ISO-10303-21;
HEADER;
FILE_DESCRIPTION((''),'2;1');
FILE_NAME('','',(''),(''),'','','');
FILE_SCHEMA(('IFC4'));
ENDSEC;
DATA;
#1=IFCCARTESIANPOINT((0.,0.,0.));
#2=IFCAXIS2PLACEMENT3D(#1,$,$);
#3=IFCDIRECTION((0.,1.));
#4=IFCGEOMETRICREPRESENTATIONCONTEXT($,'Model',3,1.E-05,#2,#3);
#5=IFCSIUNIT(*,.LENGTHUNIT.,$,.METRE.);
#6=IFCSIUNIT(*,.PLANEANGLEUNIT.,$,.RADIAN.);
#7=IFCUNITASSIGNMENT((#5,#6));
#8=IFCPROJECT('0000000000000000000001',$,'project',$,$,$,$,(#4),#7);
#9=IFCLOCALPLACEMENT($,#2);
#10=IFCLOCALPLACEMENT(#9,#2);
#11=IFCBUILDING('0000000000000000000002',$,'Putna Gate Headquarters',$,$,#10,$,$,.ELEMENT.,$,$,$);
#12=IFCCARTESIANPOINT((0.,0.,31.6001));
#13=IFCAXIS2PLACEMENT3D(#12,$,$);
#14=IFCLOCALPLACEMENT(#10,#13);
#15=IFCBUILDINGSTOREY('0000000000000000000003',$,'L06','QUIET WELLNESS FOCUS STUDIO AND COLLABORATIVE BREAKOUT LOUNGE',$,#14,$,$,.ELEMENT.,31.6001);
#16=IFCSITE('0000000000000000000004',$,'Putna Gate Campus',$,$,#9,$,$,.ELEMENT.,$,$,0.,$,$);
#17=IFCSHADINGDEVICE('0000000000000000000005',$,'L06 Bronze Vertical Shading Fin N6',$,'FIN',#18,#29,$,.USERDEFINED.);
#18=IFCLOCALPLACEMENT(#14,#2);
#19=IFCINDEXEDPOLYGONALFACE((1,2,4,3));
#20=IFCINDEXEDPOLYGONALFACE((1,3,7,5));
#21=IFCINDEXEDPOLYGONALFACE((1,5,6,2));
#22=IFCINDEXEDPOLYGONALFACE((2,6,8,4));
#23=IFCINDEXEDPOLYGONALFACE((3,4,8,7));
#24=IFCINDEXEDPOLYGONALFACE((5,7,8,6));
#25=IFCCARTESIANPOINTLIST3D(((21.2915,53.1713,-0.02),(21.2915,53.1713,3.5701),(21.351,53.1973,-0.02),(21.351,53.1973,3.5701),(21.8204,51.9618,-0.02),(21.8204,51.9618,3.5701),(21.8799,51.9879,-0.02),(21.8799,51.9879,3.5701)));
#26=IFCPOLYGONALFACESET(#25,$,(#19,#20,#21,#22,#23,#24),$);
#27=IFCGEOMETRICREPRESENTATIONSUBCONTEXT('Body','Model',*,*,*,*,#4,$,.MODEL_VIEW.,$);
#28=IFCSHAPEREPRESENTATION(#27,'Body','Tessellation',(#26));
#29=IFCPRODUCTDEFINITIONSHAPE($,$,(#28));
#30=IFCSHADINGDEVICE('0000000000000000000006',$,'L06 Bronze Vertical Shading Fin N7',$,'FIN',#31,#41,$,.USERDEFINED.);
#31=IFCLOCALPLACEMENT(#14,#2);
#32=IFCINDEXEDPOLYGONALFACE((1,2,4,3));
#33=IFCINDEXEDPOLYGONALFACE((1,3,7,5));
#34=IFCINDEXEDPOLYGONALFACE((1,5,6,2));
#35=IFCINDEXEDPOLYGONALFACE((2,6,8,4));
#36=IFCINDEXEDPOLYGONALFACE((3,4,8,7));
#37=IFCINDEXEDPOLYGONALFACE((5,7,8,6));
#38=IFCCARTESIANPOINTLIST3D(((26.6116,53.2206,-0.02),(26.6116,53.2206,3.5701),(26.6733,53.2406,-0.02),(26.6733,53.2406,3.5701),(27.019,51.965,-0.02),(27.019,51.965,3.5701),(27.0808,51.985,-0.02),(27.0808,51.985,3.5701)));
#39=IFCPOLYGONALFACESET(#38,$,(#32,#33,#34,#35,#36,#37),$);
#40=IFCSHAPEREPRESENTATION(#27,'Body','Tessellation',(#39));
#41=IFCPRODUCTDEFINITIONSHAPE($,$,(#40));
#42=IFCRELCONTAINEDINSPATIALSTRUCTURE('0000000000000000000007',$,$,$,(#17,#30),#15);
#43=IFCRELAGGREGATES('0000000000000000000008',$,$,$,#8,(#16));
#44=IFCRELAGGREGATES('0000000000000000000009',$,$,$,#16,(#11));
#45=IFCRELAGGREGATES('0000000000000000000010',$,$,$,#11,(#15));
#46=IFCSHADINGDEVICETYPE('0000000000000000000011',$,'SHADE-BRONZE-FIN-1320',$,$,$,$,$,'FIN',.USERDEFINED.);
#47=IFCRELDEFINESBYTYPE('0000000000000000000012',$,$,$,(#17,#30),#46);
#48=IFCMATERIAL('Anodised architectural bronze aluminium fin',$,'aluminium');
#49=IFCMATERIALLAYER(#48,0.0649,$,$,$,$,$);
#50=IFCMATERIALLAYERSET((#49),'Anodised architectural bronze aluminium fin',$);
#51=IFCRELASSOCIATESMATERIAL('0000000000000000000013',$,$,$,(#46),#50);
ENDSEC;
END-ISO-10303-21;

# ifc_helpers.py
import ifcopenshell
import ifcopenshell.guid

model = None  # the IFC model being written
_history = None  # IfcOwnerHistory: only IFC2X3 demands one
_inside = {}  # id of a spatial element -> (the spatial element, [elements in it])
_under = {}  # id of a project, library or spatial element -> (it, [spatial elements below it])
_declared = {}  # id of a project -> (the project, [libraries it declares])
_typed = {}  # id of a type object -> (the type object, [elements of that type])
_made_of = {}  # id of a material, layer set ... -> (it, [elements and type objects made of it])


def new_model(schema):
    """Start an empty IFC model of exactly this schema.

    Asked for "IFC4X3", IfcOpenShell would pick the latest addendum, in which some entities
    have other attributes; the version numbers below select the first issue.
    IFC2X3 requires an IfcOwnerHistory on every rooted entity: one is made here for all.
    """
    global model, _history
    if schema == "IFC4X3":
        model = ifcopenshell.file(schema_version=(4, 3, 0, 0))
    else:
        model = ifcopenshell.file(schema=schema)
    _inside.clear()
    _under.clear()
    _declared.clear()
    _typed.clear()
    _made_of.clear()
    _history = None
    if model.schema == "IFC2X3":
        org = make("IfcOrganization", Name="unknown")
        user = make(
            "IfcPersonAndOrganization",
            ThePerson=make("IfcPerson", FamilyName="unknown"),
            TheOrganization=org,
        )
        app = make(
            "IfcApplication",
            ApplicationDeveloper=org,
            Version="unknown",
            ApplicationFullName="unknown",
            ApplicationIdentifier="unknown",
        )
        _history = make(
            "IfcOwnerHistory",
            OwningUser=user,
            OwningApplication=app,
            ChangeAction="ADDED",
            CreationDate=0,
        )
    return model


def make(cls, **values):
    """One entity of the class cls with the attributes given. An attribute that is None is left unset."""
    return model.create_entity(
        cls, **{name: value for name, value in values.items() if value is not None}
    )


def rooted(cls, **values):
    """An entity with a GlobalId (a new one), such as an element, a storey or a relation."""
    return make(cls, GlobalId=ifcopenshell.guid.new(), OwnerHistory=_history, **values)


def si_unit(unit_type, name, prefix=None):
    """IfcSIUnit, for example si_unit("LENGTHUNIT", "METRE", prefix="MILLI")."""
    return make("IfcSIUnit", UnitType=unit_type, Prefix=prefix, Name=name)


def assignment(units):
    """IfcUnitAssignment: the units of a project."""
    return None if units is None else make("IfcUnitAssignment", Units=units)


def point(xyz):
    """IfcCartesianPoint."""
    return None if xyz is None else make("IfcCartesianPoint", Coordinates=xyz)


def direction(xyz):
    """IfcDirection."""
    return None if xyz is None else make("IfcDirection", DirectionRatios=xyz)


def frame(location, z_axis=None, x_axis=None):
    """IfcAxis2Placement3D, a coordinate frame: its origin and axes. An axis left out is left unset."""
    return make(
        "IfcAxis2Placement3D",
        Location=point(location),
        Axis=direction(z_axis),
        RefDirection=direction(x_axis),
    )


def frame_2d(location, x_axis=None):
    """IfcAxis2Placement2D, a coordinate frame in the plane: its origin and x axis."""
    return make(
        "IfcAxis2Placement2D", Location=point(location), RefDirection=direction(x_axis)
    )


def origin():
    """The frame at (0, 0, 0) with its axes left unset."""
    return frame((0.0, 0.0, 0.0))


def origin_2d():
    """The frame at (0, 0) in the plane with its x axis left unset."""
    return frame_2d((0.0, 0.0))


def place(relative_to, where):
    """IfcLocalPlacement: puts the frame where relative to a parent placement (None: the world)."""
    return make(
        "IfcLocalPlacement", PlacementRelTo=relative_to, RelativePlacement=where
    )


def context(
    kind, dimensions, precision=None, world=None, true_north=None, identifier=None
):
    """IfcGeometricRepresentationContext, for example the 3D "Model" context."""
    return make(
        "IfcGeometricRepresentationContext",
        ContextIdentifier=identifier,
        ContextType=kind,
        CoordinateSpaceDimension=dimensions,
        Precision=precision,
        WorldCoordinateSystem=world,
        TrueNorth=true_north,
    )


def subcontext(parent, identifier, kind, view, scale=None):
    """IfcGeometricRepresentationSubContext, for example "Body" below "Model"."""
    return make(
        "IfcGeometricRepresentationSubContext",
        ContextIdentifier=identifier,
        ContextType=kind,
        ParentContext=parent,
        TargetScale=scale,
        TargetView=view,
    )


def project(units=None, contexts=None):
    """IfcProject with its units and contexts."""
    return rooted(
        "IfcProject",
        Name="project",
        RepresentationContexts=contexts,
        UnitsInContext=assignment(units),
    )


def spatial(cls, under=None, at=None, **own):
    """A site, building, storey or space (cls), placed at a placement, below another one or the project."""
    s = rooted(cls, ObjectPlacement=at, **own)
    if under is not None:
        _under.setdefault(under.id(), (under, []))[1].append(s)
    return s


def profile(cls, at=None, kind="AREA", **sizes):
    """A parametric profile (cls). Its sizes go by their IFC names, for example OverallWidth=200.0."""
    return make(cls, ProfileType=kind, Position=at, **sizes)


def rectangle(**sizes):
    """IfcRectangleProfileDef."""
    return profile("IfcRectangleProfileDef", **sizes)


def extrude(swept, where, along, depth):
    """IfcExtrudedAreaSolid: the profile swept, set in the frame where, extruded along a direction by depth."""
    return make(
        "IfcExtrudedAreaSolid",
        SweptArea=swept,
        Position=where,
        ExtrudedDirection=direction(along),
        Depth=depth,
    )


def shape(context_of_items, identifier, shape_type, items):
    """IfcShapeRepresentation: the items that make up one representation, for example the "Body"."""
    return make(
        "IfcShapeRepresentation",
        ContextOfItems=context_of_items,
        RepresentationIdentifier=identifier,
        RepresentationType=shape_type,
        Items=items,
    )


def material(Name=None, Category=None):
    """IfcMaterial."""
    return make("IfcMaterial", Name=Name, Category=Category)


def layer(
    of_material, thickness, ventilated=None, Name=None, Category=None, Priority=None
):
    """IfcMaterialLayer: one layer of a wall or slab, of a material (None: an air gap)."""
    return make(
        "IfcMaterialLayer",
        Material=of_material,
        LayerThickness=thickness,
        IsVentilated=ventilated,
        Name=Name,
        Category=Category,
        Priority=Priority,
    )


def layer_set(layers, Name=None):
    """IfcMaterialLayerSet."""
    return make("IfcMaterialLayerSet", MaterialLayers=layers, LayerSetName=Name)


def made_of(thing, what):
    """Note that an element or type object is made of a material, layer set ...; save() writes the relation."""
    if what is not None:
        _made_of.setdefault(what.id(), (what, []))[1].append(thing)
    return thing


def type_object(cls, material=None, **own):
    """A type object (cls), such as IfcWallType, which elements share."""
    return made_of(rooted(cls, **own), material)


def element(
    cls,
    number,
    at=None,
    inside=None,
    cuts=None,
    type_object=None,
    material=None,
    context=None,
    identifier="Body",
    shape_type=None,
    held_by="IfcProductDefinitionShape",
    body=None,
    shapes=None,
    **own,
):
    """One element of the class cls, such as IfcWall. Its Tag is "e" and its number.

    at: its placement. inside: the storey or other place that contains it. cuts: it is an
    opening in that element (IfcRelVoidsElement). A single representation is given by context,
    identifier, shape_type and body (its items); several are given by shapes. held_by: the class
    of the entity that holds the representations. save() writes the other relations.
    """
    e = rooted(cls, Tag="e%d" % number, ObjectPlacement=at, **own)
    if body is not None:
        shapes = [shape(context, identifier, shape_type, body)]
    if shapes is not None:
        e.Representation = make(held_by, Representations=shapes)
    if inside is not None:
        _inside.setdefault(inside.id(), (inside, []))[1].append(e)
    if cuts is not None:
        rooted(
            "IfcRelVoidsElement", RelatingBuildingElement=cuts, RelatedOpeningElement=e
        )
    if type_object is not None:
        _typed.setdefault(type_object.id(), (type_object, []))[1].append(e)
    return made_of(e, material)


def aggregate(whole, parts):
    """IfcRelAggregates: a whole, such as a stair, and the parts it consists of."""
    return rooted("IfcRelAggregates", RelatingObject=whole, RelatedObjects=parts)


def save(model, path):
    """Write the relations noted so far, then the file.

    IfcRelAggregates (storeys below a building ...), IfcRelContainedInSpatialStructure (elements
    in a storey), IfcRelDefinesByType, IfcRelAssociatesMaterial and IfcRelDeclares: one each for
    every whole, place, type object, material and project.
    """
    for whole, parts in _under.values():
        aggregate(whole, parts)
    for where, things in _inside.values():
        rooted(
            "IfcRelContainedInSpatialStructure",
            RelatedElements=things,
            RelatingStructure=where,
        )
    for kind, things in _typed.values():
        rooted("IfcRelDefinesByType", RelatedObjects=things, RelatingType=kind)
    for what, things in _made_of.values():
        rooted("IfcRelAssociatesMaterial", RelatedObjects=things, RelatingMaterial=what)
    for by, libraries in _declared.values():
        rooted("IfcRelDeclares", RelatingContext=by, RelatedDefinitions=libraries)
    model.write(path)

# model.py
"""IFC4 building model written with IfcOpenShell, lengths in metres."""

from ifc_helpers import new_model, si_unit, direction, frame, origin, origin_2d, place, context, subcontext, project, spatial, rectangle, extrude, material, layer, layer_set, type_object, element, save


model = new_model("IFC4")

# Units and contexts
model_context = context("Model", 3, precision=1e-05, world=origin(), true_north=direction((0.0, 1.0)))
body_context = subcontext(model_context, "Body", "Model", "MODEL_VIEW")
ifc_project = project(units=[si_unit("LENGTHUNIT", "METRE"), si_unit("PLANEANGLEUNIT", "RADIAN")], contexts=[model_context])

# Site, building, storey
site_placement = place(None, origin())
site = spatial("IfcSite", under=ifc_project, at=site_placement, Name="Putna Gate Campus", CompositionType="ELEMENT", RefElevation=0.0)
building_placement = place(site_placement, origin())
building = spatial("IfcBuilding", under=site, at=building_placement, Name="Putna Gate Headquarters", CompositionType="ELEMENT")
storey_placement = place(building_placement, frame((0.0, 0.0, 31.6001)))
storey = spatial("IfcBuildingStorey", under=building, at=storey_placement, Name="L06", Description="QUIET WELLNESS FOCUS STUDIO AND COLLABORATIVE BREAKOUT LOUNGE", CompositionType="ELEMENT", Elevation=31.6001)

# Shading devices
ifc_material_1 = material(Name="Anodised architectural bronze aluminium fin", Category="aluminium")
ifc_layer_1 = layer(ifc_material_1, 0.0649)
ifc_layer_set_1 = layer_set([ifc_layer_1], Name="Anodised architectural bronze aluminium fin")
shading_device_type = type_object("IfcShadingDeviceType", Name="SHADE-BRONZE-FIN-1320", ElementType="FIN", PredefinedType="USERDEFINED", material=ifc_layer_set_1)
for number, where, z_axis, x_axis, name in (
    (1, (21.5857, 52.5796, -0.02), (0.0, 0.0, 1.0), (-0.400669, 0.916223, 0.0), "L06 Bronze Vertical Shading Fin N6"),
    (2, (26.8462, 52.6028, -0.02), (0.0, 0.0, 1.0), (-0.308685, 0.951164, 0.0), "L06 Bronze Vertical Shading Fin N7"),
):
    element("IfcShadingDevice", number, at=place(storey_placement, frame(where, z_axis=z_axis, x_axis=x_axis)), inside=storey, type_object=shading_device_type, Name=name, ObjectType="FIN", PredefinedType="USERDEFINED", context=body_context, shape_type="SweptSolid", body=[
        extrude(rectangle(XDim=1.3201, YDim=0.0649, at=origin_2d()), origin(), (0.0, 0.0, 1.0), 3.5901),
    ])

save(model, "model.ifc")
